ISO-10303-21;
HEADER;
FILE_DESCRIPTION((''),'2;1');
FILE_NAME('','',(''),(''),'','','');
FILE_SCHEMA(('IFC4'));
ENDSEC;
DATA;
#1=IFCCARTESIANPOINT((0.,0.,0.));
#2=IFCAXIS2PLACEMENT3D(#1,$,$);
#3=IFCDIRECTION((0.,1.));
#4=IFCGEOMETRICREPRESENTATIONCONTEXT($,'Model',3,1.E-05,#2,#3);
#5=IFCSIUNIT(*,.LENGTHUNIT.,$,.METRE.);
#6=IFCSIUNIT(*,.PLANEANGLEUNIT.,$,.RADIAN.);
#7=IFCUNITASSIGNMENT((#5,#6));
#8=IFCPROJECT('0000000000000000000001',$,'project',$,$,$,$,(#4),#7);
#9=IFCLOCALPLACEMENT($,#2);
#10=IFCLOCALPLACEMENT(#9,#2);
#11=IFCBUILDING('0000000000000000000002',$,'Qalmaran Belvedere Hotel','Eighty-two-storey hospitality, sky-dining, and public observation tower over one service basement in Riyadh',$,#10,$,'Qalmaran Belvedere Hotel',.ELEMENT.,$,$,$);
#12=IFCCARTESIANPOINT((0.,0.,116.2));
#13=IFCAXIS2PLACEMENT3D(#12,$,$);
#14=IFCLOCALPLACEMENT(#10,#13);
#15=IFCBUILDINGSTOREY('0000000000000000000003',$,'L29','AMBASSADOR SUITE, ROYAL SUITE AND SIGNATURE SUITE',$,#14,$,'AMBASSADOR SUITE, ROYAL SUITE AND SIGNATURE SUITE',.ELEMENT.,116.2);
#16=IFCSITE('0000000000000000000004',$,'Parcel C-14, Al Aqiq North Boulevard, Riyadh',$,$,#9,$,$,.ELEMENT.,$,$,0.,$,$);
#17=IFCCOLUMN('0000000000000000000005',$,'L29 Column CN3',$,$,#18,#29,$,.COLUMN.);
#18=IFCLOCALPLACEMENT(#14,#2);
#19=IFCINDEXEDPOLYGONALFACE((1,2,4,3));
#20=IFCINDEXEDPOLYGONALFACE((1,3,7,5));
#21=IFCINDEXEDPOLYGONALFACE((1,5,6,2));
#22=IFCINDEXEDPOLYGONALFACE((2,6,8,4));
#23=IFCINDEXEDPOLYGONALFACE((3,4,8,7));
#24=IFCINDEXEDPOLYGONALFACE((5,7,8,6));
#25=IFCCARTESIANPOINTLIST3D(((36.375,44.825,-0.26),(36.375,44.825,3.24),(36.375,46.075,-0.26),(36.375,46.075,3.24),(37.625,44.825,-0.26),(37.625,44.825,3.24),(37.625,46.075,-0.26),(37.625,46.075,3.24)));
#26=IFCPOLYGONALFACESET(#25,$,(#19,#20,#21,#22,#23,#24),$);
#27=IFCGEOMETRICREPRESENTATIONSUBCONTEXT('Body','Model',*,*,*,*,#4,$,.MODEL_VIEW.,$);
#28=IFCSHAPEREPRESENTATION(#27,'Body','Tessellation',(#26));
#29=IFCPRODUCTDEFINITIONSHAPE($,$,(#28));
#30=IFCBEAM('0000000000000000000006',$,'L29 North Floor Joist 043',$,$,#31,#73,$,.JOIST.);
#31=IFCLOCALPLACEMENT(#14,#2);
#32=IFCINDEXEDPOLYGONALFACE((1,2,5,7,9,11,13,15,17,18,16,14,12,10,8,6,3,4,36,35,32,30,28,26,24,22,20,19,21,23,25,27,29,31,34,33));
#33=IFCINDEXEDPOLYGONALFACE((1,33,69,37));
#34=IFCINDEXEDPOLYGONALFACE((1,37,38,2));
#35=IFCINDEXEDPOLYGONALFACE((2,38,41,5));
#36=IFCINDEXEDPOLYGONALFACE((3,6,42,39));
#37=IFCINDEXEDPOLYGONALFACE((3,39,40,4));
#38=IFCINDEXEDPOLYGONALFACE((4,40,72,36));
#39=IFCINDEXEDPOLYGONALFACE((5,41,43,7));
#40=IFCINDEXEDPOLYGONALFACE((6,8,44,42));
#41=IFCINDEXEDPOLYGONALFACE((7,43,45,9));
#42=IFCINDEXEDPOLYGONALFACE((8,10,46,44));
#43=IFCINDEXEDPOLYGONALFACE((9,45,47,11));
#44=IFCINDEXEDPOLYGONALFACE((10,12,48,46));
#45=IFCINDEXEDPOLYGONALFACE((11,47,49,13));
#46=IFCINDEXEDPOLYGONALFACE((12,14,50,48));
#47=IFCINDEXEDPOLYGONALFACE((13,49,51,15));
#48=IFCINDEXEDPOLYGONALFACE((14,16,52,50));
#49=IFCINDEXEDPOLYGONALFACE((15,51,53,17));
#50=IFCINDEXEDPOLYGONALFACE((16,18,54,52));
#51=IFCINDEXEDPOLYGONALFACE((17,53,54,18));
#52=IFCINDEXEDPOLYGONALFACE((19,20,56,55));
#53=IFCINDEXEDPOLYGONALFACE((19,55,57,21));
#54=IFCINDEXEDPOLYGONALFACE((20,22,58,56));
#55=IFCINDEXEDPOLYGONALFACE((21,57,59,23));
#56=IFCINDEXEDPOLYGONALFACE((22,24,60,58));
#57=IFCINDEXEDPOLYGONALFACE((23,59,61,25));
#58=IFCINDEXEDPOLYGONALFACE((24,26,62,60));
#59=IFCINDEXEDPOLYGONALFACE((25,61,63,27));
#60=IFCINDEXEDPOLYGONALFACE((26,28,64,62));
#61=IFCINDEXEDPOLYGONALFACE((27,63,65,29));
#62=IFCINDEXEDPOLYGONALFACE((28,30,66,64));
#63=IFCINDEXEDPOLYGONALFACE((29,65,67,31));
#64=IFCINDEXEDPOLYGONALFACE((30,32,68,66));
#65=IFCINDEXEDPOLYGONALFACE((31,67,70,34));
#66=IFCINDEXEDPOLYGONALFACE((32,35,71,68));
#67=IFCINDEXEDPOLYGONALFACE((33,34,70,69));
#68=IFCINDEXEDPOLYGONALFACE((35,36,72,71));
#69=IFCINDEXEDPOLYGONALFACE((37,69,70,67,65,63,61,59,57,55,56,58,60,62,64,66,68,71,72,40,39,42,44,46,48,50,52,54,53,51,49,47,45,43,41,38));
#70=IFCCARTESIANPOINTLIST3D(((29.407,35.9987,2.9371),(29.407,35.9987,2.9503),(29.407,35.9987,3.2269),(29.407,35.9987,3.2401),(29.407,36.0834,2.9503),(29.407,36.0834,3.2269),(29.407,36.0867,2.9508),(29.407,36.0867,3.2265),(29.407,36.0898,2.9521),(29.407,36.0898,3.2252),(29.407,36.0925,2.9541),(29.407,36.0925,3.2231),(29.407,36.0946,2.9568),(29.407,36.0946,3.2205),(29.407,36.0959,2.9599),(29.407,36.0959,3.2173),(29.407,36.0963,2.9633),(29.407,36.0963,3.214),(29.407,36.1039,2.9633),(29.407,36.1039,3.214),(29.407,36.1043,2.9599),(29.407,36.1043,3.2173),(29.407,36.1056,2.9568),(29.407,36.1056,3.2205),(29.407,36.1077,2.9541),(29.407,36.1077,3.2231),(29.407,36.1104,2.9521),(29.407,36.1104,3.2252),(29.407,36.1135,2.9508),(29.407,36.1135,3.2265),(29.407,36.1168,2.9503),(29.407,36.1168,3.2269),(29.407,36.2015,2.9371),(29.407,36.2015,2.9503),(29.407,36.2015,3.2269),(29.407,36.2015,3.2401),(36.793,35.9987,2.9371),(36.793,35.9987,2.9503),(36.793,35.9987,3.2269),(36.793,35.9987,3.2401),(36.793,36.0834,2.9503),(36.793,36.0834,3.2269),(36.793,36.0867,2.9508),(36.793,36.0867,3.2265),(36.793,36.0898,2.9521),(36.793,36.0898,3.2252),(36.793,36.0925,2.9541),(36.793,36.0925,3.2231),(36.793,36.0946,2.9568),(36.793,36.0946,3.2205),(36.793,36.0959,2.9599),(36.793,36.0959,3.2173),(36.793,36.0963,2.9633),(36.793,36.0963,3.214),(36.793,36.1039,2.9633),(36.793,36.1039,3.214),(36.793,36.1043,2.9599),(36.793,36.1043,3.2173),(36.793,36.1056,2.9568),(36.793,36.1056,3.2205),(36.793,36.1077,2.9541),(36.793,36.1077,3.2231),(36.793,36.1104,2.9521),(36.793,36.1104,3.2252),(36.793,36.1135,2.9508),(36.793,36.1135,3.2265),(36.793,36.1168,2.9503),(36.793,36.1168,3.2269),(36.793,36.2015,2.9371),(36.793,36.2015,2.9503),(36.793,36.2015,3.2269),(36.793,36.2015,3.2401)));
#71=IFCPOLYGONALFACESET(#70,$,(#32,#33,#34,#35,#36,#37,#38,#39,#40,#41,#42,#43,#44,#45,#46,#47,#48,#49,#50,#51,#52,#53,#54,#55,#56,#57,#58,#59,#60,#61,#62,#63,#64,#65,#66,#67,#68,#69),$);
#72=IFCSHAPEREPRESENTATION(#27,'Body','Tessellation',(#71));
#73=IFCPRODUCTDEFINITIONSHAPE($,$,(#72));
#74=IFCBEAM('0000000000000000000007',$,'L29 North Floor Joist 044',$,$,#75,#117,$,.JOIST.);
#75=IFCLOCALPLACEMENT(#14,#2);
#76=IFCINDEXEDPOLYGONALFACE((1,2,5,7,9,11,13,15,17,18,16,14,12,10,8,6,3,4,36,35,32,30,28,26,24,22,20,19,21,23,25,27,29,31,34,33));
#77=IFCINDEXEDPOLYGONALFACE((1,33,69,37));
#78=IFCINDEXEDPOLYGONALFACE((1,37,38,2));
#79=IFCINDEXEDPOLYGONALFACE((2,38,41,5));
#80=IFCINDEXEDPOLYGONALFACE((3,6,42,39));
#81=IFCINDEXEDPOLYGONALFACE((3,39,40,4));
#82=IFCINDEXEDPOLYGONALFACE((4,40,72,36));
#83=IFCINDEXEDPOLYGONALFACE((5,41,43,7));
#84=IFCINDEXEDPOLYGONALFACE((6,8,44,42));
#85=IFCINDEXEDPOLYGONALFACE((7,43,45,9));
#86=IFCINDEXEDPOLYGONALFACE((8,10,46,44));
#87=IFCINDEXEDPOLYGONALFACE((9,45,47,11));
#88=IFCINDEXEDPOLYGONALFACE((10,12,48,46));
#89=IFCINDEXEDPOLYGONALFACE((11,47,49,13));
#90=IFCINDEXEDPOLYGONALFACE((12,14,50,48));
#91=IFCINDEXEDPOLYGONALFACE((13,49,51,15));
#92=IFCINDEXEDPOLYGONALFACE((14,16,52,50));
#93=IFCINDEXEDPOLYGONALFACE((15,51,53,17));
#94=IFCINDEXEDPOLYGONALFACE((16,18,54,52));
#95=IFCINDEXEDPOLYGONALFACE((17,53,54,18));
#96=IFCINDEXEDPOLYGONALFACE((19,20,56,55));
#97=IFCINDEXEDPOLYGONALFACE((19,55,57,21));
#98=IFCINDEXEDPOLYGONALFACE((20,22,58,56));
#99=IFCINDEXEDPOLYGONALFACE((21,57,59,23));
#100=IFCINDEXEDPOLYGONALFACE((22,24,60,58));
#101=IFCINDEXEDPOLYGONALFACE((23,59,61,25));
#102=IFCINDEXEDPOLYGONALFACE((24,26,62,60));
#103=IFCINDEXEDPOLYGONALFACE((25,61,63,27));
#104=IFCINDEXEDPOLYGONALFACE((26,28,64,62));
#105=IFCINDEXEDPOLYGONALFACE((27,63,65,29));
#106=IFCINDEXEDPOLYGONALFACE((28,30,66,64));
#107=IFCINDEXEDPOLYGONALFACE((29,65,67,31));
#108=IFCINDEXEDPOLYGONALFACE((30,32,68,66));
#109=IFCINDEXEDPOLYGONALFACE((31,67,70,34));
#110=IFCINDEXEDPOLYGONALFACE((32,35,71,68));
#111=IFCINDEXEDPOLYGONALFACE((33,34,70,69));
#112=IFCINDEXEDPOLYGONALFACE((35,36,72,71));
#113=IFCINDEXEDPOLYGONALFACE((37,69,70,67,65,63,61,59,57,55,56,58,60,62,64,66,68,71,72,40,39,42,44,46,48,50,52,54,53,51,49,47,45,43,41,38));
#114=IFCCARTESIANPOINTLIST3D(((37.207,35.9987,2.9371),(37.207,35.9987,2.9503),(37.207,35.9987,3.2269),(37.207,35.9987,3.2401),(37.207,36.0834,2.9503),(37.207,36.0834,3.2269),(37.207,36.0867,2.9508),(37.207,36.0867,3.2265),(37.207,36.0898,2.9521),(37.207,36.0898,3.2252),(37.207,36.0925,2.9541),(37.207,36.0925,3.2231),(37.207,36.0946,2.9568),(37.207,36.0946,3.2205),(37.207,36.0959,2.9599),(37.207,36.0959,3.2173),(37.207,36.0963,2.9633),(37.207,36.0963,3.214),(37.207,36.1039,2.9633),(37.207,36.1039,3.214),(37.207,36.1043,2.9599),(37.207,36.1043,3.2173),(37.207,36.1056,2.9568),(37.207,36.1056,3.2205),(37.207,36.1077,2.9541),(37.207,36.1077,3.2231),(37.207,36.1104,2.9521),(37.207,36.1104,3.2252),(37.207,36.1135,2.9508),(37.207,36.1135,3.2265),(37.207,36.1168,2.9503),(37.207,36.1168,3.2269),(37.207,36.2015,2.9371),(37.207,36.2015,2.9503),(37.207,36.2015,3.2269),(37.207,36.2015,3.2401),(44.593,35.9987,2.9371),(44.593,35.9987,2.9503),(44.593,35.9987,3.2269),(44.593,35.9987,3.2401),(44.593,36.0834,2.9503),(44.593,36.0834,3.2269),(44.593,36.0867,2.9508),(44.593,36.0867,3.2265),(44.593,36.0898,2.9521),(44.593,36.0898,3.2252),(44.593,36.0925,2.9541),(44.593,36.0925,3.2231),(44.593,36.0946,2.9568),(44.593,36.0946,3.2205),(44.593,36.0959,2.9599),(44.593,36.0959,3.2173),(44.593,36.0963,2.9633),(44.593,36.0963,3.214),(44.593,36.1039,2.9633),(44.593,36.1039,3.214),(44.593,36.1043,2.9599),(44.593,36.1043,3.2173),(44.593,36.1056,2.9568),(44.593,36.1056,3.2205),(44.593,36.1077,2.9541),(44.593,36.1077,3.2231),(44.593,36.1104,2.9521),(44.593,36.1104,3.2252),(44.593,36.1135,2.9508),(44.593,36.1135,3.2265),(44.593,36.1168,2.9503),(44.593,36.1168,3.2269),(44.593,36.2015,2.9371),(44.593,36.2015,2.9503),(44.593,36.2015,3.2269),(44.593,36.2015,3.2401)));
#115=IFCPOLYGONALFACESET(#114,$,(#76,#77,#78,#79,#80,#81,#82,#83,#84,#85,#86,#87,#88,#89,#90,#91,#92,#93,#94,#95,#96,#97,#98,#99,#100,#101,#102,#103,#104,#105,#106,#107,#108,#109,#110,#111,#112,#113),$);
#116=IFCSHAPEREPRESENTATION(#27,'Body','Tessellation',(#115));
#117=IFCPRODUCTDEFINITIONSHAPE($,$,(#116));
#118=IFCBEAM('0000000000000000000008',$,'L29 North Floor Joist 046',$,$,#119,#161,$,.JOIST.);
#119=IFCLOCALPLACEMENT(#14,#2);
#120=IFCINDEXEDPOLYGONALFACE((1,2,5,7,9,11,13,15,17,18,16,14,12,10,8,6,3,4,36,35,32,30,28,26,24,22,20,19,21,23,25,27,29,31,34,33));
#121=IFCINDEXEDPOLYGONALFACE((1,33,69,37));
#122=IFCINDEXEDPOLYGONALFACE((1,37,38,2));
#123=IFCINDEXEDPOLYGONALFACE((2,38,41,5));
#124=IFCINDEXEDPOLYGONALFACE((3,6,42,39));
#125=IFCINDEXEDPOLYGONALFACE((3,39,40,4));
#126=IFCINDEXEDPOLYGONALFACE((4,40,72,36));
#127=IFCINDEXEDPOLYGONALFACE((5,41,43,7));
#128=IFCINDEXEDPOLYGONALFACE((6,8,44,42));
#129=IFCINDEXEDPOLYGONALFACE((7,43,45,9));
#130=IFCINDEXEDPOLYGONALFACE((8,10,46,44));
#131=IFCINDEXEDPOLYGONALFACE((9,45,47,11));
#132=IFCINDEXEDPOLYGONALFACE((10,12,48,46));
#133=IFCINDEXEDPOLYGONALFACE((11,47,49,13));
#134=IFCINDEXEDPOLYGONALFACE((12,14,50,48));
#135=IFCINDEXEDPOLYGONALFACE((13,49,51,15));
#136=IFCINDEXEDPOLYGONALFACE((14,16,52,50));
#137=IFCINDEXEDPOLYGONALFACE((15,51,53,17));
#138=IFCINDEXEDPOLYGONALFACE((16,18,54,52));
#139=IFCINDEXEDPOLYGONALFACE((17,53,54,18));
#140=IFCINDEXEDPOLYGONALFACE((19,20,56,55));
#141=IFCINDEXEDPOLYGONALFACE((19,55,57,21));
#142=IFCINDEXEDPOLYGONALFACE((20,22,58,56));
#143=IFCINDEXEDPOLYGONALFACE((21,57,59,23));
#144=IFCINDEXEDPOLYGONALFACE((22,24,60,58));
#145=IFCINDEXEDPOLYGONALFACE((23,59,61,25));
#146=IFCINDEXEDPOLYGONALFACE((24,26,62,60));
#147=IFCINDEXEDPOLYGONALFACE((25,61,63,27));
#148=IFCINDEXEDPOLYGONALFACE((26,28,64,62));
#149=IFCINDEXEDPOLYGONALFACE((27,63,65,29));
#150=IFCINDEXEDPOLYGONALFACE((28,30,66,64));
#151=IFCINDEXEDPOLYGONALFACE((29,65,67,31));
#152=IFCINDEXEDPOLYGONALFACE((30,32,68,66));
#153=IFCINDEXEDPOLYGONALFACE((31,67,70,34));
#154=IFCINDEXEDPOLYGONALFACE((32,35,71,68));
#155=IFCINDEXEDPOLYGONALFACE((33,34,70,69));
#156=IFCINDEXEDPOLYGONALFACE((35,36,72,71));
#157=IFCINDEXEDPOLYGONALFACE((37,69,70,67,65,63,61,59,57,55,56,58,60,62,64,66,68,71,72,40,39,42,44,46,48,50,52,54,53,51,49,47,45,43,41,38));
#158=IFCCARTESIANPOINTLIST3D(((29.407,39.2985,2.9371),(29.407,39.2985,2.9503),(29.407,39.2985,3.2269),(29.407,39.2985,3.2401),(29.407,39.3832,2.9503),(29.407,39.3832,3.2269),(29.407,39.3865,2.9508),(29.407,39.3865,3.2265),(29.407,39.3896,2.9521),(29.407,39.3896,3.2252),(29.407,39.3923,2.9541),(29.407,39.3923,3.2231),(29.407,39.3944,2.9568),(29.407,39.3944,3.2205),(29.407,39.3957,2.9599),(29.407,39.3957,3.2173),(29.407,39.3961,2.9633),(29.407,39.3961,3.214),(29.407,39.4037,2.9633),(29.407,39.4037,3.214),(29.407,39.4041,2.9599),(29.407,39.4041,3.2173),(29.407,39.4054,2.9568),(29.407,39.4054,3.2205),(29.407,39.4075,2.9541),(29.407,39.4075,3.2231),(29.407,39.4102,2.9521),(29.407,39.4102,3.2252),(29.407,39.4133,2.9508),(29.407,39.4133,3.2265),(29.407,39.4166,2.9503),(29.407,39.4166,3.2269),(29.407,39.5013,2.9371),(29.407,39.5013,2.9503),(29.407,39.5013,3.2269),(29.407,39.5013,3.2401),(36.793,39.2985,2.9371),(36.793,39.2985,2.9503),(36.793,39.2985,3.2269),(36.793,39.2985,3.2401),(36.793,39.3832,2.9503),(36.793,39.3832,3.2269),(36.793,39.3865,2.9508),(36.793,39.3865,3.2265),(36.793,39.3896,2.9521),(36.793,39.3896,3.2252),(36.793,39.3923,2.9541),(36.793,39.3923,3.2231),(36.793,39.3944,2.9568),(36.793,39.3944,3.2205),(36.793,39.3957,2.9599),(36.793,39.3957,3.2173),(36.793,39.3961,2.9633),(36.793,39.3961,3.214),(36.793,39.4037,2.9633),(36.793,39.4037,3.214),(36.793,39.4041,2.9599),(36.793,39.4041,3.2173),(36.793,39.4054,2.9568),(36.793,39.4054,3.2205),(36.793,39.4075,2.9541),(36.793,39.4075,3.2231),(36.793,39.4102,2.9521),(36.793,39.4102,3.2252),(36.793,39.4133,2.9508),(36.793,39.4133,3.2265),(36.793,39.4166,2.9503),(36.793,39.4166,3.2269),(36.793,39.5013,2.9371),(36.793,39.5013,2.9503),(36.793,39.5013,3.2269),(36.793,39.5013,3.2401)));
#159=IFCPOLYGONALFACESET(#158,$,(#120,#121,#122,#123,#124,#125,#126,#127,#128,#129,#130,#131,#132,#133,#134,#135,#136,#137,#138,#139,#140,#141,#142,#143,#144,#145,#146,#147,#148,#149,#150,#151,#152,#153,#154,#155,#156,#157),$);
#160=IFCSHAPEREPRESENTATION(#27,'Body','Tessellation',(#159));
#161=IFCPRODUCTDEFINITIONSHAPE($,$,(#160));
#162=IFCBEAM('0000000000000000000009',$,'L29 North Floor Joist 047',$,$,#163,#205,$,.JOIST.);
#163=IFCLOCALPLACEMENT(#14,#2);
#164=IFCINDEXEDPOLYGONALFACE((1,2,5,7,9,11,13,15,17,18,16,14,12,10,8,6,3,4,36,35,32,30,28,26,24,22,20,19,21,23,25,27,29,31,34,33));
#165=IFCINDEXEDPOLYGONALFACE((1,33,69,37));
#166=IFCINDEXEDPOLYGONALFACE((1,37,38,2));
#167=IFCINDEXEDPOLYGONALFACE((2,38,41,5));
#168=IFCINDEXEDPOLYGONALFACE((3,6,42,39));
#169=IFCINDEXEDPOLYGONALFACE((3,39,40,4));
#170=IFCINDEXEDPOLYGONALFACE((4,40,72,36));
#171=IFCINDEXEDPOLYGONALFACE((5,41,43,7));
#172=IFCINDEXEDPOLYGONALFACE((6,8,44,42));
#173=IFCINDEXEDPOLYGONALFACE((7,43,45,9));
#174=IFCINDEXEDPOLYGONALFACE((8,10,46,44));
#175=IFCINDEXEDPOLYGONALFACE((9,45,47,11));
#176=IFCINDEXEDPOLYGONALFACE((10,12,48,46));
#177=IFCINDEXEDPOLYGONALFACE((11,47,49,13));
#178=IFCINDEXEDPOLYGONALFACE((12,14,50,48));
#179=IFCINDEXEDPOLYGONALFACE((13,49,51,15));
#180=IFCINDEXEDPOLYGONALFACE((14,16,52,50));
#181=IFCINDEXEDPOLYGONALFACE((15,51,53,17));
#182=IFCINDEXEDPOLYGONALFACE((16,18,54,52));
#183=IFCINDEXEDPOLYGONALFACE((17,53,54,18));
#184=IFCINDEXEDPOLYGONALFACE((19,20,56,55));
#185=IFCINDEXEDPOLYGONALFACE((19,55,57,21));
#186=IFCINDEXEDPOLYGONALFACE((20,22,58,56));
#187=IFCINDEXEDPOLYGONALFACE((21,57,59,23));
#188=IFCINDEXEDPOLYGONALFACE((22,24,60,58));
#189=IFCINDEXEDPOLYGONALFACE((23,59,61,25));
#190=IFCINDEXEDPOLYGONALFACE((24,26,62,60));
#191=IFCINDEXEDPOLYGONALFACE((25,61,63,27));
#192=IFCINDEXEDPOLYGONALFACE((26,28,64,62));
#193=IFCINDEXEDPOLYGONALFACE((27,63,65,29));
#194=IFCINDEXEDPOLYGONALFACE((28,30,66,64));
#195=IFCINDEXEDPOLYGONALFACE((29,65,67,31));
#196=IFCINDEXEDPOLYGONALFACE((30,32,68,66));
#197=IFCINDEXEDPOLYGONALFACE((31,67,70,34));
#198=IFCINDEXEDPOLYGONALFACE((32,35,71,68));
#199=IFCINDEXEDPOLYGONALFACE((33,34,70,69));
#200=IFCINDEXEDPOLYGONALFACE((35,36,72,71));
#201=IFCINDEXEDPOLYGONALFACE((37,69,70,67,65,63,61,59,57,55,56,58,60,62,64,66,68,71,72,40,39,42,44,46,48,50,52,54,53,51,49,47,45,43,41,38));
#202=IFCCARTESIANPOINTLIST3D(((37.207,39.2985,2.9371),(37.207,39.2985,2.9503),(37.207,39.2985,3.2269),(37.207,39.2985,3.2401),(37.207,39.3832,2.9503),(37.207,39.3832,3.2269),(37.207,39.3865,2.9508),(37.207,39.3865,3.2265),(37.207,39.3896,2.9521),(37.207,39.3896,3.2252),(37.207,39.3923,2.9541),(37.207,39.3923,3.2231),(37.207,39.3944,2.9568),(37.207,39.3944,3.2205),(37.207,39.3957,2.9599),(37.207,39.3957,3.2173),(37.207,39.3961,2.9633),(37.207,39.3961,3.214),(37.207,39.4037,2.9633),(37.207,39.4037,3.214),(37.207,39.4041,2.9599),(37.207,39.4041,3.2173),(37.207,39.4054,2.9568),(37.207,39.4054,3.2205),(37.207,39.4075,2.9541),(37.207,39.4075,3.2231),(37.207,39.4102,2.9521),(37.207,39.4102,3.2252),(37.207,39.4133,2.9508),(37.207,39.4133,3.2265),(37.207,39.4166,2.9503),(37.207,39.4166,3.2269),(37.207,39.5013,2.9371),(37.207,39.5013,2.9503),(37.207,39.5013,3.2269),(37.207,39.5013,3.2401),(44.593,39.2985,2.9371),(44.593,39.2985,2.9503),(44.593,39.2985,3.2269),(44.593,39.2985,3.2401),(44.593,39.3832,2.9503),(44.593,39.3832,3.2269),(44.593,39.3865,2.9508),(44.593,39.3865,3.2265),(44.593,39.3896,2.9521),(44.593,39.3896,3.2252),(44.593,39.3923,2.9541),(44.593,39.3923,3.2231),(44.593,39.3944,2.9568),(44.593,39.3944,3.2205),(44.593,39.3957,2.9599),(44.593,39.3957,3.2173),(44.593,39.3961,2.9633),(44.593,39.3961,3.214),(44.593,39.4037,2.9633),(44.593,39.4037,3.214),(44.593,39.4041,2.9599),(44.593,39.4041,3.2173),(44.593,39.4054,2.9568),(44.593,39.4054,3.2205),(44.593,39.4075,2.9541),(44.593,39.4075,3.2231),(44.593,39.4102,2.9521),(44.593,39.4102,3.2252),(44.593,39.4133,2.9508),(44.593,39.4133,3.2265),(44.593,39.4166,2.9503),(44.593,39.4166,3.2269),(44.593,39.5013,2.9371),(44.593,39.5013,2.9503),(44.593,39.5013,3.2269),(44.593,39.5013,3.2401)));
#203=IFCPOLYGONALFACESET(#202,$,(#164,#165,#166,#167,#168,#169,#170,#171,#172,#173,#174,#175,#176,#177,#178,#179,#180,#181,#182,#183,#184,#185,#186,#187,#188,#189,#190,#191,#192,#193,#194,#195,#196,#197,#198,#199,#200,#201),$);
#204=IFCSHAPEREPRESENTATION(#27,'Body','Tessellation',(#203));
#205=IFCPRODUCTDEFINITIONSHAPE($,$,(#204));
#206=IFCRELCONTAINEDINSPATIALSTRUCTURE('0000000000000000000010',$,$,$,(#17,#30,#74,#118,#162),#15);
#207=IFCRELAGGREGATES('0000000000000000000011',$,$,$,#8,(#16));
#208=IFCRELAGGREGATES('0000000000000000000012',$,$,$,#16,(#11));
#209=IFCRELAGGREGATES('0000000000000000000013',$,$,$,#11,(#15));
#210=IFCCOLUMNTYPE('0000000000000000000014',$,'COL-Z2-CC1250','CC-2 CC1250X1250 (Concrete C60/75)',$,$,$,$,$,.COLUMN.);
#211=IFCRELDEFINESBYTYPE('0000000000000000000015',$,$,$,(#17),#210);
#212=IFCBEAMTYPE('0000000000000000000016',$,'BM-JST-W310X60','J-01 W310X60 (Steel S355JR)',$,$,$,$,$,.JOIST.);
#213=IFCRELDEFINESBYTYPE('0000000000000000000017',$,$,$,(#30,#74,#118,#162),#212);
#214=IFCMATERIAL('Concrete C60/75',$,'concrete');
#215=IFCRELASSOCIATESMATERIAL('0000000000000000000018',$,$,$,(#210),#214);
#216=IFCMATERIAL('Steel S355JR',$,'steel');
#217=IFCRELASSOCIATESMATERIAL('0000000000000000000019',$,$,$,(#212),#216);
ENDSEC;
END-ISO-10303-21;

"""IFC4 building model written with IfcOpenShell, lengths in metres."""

from ifc_helpers import new_model, si_unit, direction, frame, origin, origin_2d, place, context, subcontext, project, spatial, rectangle, i_section, extrude, material, material_profile, profile_set, type_object, element, save


model = new_model("IFC4")

# Units and contexts
model_context = context("Model", 3, precision=1e-05, world=origin(), true_north=direction((0.0, 1.0)))
body_context = subcontext(model_context, "Body", "Model", "MODEL_VIEW")
ifc_project = project(units=[si_unit("LENGTHUNIT", "METRE"), si_unit("PLANEANGLEUNIT", "RADIAN")], contexts=[model_context])

# Site, building, storey
site_placement = place(None, origin())
site = spatial("IfcSite", under=ifc_project, at=site_placement, Name="Parcel C-14, Al Aqiq North Boulevard, Riyadh", CompositionType="ELEMENT", RefElevation=0.0)
building_placement = place(site_placement, origin())
building = spatial("IfcBuilding", under=site, at=building_placement, Name="Qalmaran Belvedere Hotel", Description="Eighty-two-storey hospitality, sky-dining, and public observation tower over one service basement in Riyadh", LongName="Qalmaran Belvedere Hotel", CompositionType="ELEMENT")
storey_placement = place(building_placement, frame((0.0, 0.0, 116.2)))
storey = spatial("IfcBuildingStorey", under=building, at=storey_placement, Name="L29", Description="AMBASSADOR SUITE, ROYAL SUITE AND SIGNATURE SUITE", LongName="AMBASSADOR SUITE, ROYAL SUITE AND SIGNATURE SUITE", CompositionType="ELEMENT", Elevation=116.2)

# Column
ifc_material_1 = material(Name="Concrete C60/75", Category="concrete")
ifc_material_profile_1 = material_profile(ifc_material_1, rectangle(XDim=1.25, YDim=1.25, at=origin_2d()), Name="CC1250X1250")
ifc_profile_set_1 = profile_set([ifc_material_profile_1], Name="Concrete C60/75")
column_type = type_object("IfcColumnType", Name="COL-Z2-CC1250", Description="CC-2 CC1250X1250 (Concrete C60/75)", PredefinedType="COLUMN", material=ifc_profile_set_1)
column_placement = place(storey_placement, frame((37.0, 45.45, -0.26), z_axis=(0.0, 0.0, 1.0), x_axis=(1.0, 0.0, 0.0)))
element("IfcColumn", 1, at=column_placement, inside=storey, type_object=column_type, Name="L29 Column CN3", PredefinedType="COLUMN", context=body_context, shape_type="SweptSolid", body=[
    extrude(rectangle(XDim=1.25, YDim=1.25, at=origin_2d()), origin(), (0.0, 0.0, 1.0), 3.5),
])

# Beams
ifc_material_2 = material(Name="Steel S355JR", Category="steel")
ifc_material_profile_2 = material_profile(ifc_material_2, i_section(OverallWidth=0.2029, OverallDepth=0.303, WebThickness=0.0076, FlangeThickness=0.0132, FilletRadius=0.0129, at=origin_2d()), Name="W310X60")
ifc_profile_set_2 = profile_set([ifc_material_profile_2], Name="Steel S355JR")
beam_type_1 = type_object("IfcBeamType", Name="BM-JST-W310X60", Description="J-01 W310X60 (Steel S355JR)", PredefinedType="JOIST", material=ifc_profile_set_2)
for number, where, z_axis, x_axis, name in (
    (2, (29.407, 36.1001, 3.0886), (1.0, 0.0, 0.0), (0.0, 1.0, 0.0), "L29 North Floor Joist 043"),
    (3, (37.207, 36.1001, 3.0886), (1.0, 0.0, 0.0), (0.0, 1.0, 0.0), "L29 North Floor Joist 044"),
    (4, (29.407, 39.3999, 3.0886), (1.0, 0.0, 0.0), (0.0, 1.0, 0.0), "L29 North Floor Joist 046"),
    (5, (37.207, 39.3999, 3.0886), (1.0, 0.0, 0.0), (0.0, 1.0, 0.0), "L29 North Floor Joist 047"),
):
    element("IfcBeam", number, at=place(storey_placement, frame(where, z_axis=z_axis, x_axis=x_axis)), inside=storey, type_object=beam_type_1, Name=name, PredefinedType="JOIST", context=body_context, shape_type="SweptSolid", body=[
        extrude(i_section(OverallWidth=0.2029, OverallDepth=0.303, WebThickness=0.0076, FlangeThickness=0.0132, FilletRadius=0.0129, at=origin_2d()), origin(), (0.0, 0.0, 1.0), 7.386),
    ])

save(model, "model.ifc")
